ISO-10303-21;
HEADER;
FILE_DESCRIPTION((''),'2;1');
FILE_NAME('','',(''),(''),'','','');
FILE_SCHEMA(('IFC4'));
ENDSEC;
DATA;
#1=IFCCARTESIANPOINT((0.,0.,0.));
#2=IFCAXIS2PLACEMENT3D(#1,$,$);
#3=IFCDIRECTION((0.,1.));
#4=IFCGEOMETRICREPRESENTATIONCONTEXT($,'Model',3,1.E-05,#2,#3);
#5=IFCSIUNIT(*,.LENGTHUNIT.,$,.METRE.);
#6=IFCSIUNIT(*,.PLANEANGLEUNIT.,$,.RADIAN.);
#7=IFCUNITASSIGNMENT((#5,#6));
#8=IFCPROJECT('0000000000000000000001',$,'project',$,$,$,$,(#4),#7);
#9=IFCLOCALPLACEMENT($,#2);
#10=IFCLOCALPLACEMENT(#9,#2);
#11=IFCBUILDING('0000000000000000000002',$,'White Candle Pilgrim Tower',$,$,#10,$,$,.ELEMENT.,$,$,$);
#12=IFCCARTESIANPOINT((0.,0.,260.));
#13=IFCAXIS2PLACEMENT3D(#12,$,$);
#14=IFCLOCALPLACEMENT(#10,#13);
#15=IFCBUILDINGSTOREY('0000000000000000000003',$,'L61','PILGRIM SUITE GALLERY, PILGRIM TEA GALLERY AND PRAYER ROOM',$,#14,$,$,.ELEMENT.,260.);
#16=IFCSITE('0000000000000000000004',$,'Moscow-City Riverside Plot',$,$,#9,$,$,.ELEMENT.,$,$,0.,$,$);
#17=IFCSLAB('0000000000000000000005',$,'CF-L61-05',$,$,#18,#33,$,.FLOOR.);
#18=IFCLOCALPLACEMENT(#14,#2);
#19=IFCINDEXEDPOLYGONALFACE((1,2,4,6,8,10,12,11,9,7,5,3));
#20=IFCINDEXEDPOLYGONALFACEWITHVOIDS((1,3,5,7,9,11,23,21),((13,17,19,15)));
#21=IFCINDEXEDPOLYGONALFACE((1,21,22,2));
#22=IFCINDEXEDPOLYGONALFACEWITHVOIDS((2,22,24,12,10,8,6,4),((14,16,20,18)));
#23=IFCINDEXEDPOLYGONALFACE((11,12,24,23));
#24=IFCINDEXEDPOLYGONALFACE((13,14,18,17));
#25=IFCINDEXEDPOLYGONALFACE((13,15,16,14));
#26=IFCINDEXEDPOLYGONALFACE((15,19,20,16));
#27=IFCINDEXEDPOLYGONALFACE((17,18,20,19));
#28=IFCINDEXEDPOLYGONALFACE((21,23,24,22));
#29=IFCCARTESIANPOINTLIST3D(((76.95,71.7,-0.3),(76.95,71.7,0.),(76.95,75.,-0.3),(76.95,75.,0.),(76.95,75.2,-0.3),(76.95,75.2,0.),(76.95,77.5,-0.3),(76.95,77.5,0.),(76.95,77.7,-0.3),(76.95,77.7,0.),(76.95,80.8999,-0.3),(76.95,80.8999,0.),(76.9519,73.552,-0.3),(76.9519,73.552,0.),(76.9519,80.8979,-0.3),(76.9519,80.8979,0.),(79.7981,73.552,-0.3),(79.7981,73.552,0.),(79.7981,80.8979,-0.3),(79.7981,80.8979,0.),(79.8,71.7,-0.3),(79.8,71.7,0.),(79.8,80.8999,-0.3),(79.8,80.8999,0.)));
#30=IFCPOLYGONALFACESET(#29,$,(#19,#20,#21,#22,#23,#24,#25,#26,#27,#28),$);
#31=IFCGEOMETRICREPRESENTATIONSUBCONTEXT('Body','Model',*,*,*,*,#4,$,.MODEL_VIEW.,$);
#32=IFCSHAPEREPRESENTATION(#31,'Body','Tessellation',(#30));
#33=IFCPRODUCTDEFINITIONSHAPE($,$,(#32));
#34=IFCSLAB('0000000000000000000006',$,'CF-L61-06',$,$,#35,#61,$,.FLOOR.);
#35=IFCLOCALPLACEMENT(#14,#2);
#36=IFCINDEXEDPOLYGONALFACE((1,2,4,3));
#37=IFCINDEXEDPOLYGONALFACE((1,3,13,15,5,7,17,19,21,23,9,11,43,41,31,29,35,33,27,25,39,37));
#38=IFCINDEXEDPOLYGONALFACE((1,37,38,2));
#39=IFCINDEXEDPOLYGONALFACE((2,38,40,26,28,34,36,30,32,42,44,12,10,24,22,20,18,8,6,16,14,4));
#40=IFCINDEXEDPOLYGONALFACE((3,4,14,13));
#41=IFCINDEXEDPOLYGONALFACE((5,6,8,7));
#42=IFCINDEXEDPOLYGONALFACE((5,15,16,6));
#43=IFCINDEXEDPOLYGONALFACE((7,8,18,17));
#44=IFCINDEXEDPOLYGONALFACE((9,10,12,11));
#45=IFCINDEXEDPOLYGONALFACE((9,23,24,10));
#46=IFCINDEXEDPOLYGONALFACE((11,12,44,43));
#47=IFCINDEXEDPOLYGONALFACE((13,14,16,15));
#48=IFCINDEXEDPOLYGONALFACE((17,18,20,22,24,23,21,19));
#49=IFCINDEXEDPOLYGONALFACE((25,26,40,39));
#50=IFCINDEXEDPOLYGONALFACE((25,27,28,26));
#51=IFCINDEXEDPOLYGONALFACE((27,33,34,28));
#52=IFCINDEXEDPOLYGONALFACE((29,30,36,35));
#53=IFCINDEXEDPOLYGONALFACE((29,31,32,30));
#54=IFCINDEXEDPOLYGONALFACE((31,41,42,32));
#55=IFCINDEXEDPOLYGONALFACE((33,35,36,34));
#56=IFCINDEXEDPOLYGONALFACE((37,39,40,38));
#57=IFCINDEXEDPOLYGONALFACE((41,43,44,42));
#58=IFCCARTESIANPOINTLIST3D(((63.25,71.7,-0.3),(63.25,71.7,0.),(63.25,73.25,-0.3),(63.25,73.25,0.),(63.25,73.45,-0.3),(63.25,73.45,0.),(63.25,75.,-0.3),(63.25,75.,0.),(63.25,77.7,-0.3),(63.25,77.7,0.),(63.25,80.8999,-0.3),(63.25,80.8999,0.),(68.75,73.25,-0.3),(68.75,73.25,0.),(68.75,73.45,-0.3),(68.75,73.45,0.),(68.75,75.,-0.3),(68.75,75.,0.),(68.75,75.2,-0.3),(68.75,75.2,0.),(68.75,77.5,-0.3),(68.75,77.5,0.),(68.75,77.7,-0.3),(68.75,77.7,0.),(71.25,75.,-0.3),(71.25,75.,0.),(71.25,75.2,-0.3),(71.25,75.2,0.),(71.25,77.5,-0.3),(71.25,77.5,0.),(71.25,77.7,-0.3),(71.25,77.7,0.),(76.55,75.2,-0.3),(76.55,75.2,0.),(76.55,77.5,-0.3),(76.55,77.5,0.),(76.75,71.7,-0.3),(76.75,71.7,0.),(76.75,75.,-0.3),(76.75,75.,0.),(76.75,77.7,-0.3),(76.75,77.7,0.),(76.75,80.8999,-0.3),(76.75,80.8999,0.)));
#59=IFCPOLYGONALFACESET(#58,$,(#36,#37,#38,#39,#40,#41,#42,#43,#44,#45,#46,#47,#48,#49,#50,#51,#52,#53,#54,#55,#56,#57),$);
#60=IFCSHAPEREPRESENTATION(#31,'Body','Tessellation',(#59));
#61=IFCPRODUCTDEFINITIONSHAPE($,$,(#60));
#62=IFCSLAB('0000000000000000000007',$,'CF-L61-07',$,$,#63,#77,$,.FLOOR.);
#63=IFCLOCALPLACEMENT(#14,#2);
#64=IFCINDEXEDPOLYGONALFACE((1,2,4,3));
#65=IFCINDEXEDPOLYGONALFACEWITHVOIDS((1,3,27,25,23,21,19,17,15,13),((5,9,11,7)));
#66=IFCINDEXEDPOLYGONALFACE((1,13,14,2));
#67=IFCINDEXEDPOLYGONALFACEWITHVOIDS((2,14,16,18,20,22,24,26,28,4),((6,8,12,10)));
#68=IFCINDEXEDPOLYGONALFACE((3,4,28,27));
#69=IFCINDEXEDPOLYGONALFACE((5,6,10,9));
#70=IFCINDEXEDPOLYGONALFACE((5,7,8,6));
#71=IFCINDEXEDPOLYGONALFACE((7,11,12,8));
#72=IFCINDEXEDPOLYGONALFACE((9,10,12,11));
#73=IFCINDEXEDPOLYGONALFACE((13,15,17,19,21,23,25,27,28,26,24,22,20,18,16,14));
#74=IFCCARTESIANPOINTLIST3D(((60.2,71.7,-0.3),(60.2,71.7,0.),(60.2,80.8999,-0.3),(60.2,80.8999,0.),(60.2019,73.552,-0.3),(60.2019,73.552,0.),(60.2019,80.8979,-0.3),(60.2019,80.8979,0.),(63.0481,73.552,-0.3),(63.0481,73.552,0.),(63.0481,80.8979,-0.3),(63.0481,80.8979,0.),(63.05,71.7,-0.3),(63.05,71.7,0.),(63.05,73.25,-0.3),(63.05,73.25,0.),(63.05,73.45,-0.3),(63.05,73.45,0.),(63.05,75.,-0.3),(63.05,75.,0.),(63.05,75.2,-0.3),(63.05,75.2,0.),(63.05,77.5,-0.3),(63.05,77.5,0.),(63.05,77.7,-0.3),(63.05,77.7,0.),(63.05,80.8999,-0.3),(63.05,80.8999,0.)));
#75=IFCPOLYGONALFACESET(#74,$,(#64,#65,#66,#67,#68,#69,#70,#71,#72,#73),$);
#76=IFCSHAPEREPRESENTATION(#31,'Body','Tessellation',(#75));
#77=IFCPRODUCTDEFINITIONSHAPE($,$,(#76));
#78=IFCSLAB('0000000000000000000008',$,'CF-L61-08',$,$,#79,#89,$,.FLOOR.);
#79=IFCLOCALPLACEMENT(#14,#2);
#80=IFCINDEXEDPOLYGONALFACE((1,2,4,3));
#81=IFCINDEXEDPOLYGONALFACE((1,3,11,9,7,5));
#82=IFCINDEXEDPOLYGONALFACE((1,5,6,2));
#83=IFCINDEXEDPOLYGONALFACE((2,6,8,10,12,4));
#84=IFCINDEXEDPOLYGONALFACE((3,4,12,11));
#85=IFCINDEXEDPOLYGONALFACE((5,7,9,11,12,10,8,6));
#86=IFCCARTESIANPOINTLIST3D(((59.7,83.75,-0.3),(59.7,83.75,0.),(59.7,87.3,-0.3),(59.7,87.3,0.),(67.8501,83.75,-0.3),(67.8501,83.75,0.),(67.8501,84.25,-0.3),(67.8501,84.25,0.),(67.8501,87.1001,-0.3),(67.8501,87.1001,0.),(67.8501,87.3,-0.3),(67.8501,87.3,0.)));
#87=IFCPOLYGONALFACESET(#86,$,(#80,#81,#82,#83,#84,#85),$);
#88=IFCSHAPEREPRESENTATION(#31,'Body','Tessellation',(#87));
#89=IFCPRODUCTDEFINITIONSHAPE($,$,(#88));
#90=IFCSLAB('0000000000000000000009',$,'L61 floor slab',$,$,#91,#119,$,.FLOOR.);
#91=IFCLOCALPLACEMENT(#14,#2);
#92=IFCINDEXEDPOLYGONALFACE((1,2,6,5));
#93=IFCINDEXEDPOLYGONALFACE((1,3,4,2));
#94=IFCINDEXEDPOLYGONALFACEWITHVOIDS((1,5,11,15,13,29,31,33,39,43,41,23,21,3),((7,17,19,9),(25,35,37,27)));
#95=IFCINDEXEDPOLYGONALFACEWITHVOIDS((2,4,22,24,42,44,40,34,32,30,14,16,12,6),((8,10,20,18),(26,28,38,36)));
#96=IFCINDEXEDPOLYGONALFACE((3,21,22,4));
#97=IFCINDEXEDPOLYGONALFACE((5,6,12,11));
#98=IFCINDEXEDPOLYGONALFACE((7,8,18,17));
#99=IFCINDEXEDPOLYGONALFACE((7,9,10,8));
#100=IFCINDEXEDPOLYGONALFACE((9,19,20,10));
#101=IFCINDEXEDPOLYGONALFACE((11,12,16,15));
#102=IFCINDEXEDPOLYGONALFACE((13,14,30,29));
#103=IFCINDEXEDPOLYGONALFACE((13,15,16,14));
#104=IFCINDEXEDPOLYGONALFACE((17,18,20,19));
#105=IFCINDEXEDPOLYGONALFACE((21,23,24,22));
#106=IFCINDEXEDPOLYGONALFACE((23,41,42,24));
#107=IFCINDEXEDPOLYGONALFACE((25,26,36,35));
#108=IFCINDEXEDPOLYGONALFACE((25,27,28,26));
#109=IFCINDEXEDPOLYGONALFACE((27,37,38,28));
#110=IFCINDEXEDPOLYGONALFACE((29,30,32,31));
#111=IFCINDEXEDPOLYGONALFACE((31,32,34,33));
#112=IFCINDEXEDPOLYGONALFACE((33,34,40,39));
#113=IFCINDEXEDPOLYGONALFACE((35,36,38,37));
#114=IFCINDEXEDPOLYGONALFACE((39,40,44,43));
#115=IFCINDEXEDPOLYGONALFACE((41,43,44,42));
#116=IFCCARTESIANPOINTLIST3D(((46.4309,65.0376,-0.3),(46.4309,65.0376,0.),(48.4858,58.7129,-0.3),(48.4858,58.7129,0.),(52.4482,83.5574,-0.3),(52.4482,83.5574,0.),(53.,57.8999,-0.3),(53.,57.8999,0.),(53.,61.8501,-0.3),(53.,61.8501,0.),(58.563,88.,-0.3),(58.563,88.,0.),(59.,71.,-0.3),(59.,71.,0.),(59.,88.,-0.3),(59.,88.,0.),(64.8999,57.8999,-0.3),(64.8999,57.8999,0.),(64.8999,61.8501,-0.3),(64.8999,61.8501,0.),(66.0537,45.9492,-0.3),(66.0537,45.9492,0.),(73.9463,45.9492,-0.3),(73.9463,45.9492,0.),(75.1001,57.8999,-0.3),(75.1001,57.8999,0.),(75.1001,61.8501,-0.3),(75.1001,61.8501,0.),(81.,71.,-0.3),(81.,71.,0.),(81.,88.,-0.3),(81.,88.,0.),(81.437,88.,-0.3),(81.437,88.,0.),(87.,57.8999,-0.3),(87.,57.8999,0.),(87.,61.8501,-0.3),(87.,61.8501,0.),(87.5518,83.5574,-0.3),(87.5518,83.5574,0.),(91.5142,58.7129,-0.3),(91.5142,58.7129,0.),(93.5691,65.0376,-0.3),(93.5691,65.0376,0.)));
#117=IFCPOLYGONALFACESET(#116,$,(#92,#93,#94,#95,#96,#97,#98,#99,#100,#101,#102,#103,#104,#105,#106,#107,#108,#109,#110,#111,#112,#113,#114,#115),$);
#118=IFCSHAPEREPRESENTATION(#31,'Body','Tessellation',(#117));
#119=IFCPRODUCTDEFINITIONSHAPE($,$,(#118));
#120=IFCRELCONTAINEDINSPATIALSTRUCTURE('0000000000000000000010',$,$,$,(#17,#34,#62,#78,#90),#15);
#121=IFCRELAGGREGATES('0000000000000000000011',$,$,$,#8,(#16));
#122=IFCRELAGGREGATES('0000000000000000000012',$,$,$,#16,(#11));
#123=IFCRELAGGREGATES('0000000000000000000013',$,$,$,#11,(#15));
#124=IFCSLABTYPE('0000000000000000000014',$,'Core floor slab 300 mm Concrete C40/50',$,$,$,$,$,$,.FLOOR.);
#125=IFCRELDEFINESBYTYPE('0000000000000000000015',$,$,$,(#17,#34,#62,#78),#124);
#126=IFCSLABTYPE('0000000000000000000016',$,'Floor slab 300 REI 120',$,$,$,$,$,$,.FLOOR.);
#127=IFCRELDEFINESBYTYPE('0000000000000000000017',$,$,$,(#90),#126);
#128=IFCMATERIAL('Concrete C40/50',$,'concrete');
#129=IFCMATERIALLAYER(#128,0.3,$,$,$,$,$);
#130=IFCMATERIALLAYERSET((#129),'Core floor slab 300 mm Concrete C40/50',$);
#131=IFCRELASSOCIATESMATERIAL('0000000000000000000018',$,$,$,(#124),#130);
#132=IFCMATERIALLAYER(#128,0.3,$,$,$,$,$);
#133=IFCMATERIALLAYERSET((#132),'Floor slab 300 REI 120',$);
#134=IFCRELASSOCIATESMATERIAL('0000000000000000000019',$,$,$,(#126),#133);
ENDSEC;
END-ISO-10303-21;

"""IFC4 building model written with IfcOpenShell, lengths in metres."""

from ifc_helpers import new_model, si_unit, direction, frame, origin, place, context, subcontext, project, spatial, polyline, outline, extrude, material, layer, layer_set, type_object, element, save


model = new_model("IFC4")

# Units and contexts
model_context = context("Model", 3, precision=1e-05, world=origin(), true_north=direction((0.0, 1.0)))
body_context = subcontext(model_context, "Body", "Model", "MODEL_VIEW")
ifc_project = project(units=[si_unit("LENGTHUNIT", "METRE"), si_unit("PLANEANGLEUNIT", "RADIAN")], contexts=[model_context])

# Site, building, storey
site_placement = place(None, origin())
site = spatial("IfcSite", under=ifc_project, at=site_placement, Name="Moscow-City Riverside Plot", CompositionType="ELEMENT", RefElevation=0.0)
building_placement = place(site_placement, origin())
building = spatial("IfcBuilding", under=site, at=building_placement, Name="White Candle Pilgrim Tower", CompositionType="ELEMENT")
storey_placement = place(building_placement, frame((0.0, 0.0, 260.0)))
storey = spatial("IfcBuildingStorey", under=building, at=storey_placement, Name="L61", Description="PILGRIM SUITE GALLERY, PILGRIM TEA GALLERY AND PRAYER ROOM", CompositionType="ELEMENT", Elevation=260.0)

# Slabs
ifc_material_1 = material(Name="Concrete C40/50", Category="concrete")
ifc_layer_1 = layer(ifc_material_1, 0.3)
ifc_layer_set_1 = layer_set([ifc_layer_1], Name="Core floor slab 300 mm Concrete C40/50")
slab_type_1 = type_object("IfcSlabType", Name="Core floor slab 300 mm Concrete C40/50", PredefinedType="FLOOR", material=ifc_layer_set_1)
slab_1_placement = place(storey_placement, frame((0.0, 0.0, -0.3)))
element("IfcSlab", 1, at=slab_1_placement, inside=storey, type_object=slab_type_1, Name="CF-L61-05", PredefinedType="FLOOR", context=body_context, shape_type="SweptSolid", body=[
    extrude(outline(polyline([(76.95, 71.7), (76.95, 75.0), (76.95, 75.2), (76.95, 77.5), (76.95, 77.7), (76.95, 80.8999), (79.8, 80.8999), (79.8, 71.7), (76.95, 71.7)]), holes=[polyline([(76.9519, 73.552), (79.7981, 73.552), (79.7981, 80.8979), (76.9519, 80.8979), (76.9519, 73.552)])]), origin(), (0.0, 0.0, 1.0), 0.3),
])
slab_2_placement = place(storey_placement, frame((0.0, 0.0, -0.3)))
element("IfcSlab", 2, at=slab_2_placement, inside=storey, type_object=slab_type_1, Name="CF-L61-06", PredefinedType="FLOOR", context=body_context, shape_type="SweptSolid", body=[
    extrude(outline(polyline([(63.25, 71.7), (63.25, 73.25), (68.75, 73.25), (68.75, 73.45), (63.25, 73.45), (63.25, 75.0), (68.75, 75.0), (68.75, 75.2), (68.75, 77.5), (68.75, 77.7), (63.25, 77.7), (63.25, 80.8999), (76.75, 80.8999), (76.75, 77.7), (71.25, 77.7), (71.25, 77.5), (76.55, 77.5), (76.55, 75.2), (71.25, 75.2), (71.25, 75.0), (76.75, 75.0), (76.75, 71.7), (63.25, 71.7)])), origin(), (0.0, 0.0, 1.0), 0.3),
])
slab_3_placement = place(storey_placement, frame((0.0, 0.0, -0.3)))
element("IfcSlab", 3, at=slab_3_placement, inside=storey, type_object=slab_type_1, Name="CF-L61-07", PredefinedType="FLOOR", context=body_context, shape_type="SweptSolid", body=[
    extrude(outline(polyline([(60.2, 71.7), (60.2, 80.8999), (63.05, 80.8999), (63.05, 77.7), (63.05, 77.5), (63.05, 75.2), (63.05, 75.0), (63.05, 73.45), (63.05, 73.25), (63.05, 71.7), (60.2, 71.7)]), holes=[polyline([(60.2019, 73.552), (63.0481, 73.552), (63.0481, 80.8979), (60.2019, 80.8979), (60.2019, 73.552)])]), origin(), (0.0, 0.0, 1.0), 0.3),
])
slab_4_placement = place(storey_placement, frame((0.0, 0.0, -0.3)))
element("IfcSlab", 4, at=slab_4_placement, inside=storey, type_object=slab_type_1, Name="CF-L61-08", PredefinedType="FLOOR", context=body_context, shape_type="SweptSolid", body=[
    extrude(outline(polyline([(59.7, 87.3), (67.8501, 87.3), (67.8501, 87.1001), (67.8501, 84.25), (67.8501, 83.75), (59.7, 83.75), (59.7, 87.3)])), origin(), (0.0, 0.0, 1.0), 0.3),
])
ifc_layer_2 = layer(ifc_material_1, 0.3)
ifc_layer_set_2 = layer_set([ifc_layer_2], Name="Floor slab 300 REI 120")
slab_type_2 = type_object("IfcSlabType", Name="Floor slab 300 REI 120", PredefinedType="FLOOR", material=ifc_layer_set_2)
slab_5_placement = place(storey_placement, frame((0.0, 0.0, -0.3)))
element("IfcSlab", 5, at=slab_5_placement, inside=storey, type_object=slab_type_2, Name="L61 floor slab", PredefinedType="FLOOR", context=body_context, shape_type="SweptSolid", body=[
    extrude(outline(polyline([(66.0537, 45.9492), (73.9463, 45.9492), (91.5142, 58.7129), (93.5691, 65.0376), (87.5518, 83.5574), (81.437, 88.0), (81.0, 88.0), (81.0, 71.0), (59.0, 71.0), (59.0, 88.0), (58.563, 88.0), (52.4482, 83.5574), (46.4309, 65.0376), (48.4858, 58.7129), (66.0537, 45.9492)]), holes=[polyline([(53.0, 57.8999), (53.0, 61.8501), (64.8999, 61.8501), (64.8999, 57.8999), (53.0, 57.8999)]), polyline([(75.1001, 57.8999), (75.1001, 61.8501), (87.0, 61.8501), (87.0, 57.8999), (75.1001, 57.8999)])]), origin(), (0.0, 0.0, 1.0), 0.3),
])

save(model, "model.ifc")
